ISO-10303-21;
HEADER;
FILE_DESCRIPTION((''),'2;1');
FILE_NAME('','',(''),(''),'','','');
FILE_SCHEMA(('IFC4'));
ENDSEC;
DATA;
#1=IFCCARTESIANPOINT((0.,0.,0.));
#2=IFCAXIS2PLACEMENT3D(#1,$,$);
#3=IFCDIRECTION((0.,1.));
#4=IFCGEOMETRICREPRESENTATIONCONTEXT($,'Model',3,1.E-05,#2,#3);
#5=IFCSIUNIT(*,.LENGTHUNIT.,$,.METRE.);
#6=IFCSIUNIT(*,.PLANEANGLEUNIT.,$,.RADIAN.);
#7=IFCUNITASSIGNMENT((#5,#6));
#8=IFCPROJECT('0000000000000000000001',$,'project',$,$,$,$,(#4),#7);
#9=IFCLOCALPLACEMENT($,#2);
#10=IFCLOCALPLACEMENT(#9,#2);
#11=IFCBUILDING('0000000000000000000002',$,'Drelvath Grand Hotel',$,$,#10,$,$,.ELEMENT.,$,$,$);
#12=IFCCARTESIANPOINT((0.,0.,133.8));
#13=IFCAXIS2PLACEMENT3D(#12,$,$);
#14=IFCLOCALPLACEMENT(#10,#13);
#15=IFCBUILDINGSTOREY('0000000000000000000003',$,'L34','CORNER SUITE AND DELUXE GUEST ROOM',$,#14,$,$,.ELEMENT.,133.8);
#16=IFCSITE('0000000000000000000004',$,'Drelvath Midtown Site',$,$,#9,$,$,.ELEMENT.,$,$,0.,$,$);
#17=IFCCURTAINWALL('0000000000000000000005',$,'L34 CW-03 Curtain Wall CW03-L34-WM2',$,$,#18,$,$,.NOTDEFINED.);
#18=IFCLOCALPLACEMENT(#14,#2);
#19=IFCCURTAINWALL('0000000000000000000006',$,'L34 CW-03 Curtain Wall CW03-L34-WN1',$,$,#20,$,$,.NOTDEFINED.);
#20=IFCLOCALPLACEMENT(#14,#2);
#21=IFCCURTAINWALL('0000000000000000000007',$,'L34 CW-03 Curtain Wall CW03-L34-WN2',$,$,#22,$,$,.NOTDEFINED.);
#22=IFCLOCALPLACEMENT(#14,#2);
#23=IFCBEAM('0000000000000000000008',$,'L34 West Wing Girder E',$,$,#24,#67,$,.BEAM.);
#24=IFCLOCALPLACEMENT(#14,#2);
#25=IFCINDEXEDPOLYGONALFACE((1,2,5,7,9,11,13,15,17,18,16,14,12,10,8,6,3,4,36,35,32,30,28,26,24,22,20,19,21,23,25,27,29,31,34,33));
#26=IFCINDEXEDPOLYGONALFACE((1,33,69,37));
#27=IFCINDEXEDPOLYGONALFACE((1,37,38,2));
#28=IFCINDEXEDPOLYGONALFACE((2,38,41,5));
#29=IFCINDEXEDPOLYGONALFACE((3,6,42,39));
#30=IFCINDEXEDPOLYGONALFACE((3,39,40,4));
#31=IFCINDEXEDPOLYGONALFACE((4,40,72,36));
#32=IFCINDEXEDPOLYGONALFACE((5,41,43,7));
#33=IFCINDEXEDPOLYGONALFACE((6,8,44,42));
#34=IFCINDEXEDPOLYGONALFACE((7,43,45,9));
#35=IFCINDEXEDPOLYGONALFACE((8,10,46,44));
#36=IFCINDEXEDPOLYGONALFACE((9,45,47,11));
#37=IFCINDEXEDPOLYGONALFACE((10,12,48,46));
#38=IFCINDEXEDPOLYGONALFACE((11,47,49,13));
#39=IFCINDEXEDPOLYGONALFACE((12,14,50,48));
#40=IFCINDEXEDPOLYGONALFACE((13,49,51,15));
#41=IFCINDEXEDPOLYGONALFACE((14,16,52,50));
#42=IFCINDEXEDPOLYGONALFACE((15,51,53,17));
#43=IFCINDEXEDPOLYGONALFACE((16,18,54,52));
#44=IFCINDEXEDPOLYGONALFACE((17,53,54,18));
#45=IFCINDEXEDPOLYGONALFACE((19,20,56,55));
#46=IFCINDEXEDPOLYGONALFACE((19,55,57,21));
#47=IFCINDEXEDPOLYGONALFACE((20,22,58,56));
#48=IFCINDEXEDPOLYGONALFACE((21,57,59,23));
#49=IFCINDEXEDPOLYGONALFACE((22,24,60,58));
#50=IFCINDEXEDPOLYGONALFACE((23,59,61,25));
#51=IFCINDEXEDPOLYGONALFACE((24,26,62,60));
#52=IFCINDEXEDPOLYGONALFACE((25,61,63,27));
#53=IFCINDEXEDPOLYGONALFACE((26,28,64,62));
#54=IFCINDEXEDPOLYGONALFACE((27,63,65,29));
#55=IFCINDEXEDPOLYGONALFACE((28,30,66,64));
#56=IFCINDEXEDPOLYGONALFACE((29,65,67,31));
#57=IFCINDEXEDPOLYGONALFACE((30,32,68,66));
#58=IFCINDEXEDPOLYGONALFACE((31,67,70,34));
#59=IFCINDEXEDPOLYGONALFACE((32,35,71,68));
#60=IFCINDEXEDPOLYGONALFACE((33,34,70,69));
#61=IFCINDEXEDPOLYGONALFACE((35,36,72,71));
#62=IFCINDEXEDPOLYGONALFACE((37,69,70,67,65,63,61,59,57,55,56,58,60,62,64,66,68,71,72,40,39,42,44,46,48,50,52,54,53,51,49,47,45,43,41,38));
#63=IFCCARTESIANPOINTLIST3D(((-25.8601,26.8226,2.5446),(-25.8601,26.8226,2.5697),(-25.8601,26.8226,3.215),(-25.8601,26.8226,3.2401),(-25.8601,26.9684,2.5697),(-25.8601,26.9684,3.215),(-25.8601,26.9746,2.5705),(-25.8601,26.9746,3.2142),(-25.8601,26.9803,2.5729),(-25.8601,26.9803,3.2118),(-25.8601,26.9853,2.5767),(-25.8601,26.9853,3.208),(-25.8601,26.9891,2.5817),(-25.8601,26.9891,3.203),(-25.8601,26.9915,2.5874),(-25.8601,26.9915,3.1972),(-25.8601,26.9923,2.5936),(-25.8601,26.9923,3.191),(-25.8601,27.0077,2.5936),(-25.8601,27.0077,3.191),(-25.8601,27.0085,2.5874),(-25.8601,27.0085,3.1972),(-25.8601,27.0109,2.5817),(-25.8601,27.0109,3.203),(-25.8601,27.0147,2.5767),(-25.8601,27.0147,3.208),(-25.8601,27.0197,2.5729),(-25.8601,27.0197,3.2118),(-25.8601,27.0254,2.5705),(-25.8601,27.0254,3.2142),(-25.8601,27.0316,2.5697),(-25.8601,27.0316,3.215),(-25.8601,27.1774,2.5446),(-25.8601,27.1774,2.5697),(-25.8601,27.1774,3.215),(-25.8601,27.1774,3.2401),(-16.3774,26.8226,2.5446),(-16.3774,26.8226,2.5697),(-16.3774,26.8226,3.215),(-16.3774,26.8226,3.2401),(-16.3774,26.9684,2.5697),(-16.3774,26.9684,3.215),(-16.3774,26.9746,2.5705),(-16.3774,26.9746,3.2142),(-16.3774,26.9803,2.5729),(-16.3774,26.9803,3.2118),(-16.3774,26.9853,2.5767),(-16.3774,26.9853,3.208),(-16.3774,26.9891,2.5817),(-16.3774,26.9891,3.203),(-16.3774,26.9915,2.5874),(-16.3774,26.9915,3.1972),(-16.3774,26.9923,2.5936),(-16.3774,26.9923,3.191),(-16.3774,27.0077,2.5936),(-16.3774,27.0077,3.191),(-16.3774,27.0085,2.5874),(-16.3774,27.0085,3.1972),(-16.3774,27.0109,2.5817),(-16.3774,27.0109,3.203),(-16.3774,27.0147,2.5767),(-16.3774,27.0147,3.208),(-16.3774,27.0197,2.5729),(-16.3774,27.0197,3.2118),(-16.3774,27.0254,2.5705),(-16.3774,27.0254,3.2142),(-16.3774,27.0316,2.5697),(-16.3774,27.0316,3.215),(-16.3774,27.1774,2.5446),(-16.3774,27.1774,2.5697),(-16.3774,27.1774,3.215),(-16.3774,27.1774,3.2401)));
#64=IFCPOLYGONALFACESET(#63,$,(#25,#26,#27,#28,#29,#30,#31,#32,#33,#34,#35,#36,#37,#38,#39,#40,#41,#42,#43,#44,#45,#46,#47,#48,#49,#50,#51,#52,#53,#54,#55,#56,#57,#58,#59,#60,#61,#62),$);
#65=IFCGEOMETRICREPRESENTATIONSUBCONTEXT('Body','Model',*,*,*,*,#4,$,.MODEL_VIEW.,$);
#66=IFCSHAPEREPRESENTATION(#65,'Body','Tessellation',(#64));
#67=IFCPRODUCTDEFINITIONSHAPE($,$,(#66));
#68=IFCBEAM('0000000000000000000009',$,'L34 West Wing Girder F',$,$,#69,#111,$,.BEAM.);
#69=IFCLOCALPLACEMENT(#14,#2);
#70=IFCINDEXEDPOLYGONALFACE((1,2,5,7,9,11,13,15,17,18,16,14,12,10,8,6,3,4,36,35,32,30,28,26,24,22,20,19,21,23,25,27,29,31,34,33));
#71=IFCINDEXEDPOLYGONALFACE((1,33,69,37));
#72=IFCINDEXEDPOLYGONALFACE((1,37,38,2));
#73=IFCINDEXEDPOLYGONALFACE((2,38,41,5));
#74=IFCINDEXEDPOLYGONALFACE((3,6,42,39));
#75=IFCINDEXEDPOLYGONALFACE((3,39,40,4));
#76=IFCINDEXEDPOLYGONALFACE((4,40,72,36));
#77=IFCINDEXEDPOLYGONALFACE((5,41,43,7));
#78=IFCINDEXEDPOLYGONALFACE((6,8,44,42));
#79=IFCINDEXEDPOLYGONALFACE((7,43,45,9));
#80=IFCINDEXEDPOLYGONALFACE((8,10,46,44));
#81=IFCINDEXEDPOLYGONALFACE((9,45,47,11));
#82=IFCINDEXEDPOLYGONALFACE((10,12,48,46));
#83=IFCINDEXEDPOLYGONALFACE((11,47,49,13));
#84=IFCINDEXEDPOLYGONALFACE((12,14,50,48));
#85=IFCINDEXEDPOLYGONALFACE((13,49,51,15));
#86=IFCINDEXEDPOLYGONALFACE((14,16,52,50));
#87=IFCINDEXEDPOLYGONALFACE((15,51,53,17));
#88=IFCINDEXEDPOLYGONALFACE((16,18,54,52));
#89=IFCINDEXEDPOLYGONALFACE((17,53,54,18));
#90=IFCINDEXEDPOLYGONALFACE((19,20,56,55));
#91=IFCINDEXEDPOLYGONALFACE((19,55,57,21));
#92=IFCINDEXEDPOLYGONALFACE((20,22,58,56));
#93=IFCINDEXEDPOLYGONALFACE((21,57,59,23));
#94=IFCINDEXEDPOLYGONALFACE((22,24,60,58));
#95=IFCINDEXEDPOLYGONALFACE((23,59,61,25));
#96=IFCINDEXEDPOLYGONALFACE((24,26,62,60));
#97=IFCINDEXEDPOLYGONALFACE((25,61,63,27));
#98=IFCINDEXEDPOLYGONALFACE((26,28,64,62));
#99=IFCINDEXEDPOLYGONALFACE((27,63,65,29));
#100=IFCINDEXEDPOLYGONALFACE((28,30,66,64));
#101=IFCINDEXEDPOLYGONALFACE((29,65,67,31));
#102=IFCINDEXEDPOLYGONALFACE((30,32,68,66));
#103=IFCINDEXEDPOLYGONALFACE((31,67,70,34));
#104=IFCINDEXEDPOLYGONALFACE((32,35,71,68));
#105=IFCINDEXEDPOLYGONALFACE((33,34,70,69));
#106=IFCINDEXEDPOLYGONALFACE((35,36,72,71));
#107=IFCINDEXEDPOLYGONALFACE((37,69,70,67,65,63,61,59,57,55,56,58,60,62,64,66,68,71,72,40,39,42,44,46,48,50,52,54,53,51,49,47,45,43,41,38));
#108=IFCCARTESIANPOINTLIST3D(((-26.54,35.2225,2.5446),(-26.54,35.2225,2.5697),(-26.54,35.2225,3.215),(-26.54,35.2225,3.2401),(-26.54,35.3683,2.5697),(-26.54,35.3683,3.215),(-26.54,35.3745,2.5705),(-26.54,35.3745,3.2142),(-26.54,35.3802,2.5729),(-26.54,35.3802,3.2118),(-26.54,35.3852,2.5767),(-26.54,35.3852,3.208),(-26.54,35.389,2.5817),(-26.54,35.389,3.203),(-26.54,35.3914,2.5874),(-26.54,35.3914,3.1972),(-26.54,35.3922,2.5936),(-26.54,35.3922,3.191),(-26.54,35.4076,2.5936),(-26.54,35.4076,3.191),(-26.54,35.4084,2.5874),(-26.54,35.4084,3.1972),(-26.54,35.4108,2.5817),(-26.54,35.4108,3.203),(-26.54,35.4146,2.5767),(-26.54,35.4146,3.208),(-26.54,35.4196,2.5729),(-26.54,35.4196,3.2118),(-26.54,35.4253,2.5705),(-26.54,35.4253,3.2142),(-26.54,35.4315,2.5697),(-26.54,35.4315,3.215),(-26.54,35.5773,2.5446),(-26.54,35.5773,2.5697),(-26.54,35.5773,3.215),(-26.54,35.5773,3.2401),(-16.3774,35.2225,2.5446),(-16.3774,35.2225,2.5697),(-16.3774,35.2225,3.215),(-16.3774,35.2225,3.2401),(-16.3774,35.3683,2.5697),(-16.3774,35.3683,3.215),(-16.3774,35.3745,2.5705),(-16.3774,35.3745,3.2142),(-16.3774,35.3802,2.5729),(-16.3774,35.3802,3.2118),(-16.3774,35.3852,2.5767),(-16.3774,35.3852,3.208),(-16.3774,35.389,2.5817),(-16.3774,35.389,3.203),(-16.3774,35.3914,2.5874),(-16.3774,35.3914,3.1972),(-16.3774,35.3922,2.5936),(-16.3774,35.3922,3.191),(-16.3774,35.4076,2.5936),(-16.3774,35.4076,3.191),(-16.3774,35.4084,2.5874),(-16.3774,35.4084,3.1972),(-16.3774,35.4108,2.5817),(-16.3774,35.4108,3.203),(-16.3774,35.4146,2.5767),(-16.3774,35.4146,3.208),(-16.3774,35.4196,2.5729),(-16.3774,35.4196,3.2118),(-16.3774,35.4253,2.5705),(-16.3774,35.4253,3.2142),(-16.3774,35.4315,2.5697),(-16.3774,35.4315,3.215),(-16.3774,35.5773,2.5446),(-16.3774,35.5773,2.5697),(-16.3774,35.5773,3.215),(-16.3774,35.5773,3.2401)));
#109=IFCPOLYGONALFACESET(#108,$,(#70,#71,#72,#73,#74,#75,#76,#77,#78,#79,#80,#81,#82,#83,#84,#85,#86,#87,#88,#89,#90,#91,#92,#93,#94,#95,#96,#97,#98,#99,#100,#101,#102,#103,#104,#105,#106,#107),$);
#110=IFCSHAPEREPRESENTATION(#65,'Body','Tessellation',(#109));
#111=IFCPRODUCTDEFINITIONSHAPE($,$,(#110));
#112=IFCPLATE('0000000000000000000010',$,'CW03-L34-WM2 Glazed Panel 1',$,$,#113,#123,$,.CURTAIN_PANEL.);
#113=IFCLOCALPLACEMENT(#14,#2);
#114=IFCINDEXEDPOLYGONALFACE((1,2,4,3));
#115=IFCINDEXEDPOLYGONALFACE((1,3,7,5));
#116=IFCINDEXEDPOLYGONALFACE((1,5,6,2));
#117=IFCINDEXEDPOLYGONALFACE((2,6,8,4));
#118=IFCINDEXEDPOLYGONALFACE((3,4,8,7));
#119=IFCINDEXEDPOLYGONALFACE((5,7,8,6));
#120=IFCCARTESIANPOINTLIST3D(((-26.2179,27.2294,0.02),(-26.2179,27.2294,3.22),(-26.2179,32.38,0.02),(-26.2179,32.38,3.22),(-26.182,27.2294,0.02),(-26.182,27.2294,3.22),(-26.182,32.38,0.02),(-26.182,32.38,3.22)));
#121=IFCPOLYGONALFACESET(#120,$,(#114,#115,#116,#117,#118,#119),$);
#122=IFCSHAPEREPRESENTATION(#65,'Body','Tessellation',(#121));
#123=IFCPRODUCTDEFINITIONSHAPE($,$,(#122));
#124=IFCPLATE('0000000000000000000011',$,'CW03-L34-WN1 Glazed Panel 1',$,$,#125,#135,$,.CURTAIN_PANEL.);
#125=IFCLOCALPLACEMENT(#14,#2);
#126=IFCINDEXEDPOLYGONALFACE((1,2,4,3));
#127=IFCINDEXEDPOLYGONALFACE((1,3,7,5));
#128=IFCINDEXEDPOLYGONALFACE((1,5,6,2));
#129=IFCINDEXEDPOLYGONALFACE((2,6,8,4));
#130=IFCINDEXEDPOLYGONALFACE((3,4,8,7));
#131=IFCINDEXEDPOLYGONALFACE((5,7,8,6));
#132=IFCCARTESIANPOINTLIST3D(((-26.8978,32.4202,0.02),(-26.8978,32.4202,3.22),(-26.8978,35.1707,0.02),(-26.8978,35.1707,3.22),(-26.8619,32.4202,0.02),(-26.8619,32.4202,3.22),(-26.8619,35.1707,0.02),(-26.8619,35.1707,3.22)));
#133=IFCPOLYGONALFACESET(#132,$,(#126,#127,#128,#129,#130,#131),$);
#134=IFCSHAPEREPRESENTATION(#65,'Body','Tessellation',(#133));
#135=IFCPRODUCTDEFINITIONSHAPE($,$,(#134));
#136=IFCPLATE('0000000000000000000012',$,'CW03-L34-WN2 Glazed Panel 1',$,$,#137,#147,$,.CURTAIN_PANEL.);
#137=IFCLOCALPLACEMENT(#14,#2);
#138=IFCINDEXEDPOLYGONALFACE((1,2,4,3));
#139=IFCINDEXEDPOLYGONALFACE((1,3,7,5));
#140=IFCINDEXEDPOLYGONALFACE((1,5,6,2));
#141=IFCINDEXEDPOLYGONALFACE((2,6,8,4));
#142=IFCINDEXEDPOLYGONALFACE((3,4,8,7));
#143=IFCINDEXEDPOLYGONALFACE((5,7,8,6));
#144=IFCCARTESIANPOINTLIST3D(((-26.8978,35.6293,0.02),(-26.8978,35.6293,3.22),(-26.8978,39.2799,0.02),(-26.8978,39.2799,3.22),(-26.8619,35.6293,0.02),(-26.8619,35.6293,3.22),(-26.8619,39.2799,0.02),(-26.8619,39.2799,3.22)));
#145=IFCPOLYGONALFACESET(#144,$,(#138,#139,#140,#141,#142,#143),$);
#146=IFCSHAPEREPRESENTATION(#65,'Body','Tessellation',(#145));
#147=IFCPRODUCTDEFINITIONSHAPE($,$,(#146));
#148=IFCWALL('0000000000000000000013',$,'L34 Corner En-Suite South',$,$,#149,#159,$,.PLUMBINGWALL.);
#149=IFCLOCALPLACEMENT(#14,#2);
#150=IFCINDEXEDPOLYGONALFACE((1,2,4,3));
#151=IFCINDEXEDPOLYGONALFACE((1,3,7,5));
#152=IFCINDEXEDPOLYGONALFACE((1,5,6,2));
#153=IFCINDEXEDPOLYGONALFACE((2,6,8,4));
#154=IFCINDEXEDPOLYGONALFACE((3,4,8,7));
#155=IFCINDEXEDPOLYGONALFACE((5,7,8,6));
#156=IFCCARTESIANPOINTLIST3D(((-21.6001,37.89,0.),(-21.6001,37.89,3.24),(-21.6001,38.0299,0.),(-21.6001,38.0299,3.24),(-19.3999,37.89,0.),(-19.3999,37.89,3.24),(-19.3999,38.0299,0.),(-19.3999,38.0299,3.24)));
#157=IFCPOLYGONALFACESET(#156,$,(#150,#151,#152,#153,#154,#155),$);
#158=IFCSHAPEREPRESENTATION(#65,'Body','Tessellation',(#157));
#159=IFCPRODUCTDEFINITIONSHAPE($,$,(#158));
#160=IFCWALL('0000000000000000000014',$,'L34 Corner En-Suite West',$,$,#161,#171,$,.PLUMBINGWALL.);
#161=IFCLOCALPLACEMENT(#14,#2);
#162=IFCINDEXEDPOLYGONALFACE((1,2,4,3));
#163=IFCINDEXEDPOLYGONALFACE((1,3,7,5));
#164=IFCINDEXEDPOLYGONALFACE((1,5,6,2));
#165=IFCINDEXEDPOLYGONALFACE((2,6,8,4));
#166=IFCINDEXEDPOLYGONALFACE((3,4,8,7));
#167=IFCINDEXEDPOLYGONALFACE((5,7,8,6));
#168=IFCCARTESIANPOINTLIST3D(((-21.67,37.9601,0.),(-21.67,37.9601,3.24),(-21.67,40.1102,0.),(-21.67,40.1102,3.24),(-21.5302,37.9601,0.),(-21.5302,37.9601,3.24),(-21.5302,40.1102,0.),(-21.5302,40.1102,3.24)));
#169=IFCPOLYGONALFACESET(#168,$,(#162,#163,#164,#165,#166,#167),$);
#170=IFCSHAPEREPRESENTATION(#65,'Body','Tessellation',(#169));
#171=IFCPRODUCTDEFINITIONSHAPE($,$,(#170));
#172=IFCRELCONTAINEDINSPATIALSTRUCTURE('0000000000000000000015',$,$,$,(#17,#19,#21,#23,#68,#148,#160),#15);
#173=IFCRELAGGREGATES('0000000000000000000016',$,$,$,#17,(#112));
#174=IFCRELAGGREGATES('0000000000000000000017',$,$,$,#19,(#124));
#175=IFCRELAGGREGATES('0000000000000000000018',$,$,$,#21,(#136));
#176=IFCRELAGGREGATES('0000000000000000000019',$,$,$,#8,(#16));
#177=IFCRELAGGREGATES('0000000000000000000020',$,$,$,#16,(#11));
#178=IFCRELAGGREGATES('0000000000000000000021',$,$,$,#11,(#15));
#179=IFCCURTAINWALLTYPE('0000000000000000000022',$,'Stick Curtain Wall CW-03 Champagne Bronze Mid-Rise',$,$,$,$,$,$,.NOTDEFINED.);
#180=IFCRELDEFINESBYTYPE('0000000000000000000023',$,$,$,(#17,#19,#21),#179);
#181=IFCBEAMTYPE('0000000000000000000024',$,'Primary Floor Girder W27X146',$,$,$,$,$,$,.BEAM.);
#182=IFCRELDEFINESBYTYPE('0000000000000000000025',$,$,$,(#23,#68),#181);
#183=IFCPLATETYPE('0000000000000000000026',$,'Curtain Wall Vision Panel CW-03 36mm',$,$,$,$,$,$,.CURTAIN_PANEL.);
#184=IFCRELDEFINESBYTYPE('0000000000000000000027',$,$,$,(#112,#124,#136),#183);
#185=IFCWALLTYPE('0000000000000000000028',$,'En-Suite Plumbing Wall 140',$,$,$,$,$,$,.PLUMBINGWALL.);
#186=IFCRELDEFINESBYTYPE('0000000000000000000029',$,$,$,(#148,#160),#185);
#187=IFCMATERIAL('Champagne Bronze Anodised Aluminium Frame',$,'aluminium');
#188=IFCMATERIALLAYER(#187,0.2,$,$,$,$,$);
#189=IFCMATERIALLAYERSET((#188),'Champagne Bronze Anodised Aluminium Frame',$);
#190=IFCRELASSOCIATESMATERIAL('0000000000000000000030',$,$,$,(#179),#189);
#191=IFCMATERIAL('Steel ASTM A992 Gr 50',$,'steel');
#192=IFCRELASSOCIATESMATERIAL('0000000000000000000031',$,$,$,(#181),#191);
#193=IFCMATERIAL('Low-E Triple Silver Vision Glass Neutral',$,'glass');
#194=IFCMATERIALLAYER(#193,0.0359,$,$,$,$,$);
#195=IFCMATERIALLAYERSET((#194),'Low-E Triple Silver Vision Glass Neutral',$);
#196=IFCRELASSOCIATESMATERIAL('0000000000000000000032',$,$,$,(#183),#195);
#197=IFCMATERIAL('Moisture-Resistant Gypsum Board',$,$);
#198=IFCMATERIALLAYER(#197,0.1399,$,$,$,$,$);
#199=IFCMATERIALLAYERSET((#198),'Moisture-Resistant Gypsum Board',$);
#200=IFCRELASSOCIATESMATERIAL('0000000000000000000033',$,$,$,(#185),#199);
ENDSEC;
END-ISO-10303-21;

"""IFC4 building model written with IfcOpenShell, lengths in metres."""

from ifc_helpers import new_model, si_unit, direction, frame, frame_2d, origin, origin_2d, place, context, subcontext, project, spatial, rectangle, i_section, extrude, material, layer, layer_set, material_profile, profile_set, type_object, element, aggregate, save


model = new_model("IFC4")

# Units and contexts
model_context = context("Model", 3, precision=1e-05, world=origin(), true_north=direction((0.0, 1.0)))
body_context = subcontext(model_context, "Body", "Model", "MODEL_VIEW")
ifc_project = project(units=[si_unit("LENGTHUNIT", "METRE"), si_unit("PLANEANGLEUNIT", "RADIAN")], contexts=[model_context])

# Site, building, storey
site_placement = place(None, origin())
site = spatial("IfcSite", under=ifc_project, at=site_placement, Name="Drelvath Midtown Site", CompositionType="ELEMENT", RefElevation=0.0)
building_placement = place(site_placement, origin())
building = spatial("IfcBuilding", under=site, at=building_placement, Name="Drelvath Grand Hotel", CompositionType="ELEMENT")
storey_placement = place(building_placement, frame((0.0, 0.0, 133.8)))
storey = spatial("IfcBuildingStorey", under=building, at=storey_placement, Name="L34", Description="CORNER SUITE AND DELUXE GUEST ROOM", CompositionType="ELEMENT", Elevation=133.8)

# Curtain walls
ifc_material_1 = material(Name="Champagne Bronze Anodised Aluminium Frame", Category="aluminium")
ifc_layer_1 = layer(ifc_material_1, 0.2)
ifc_layer_set_1 = layer_set([ifc_layer_1], Name="Champagne Bronze Anodised Aluminium Frame")
curtain_wall_type = type_object("IfcCurtainWallType", Name="Stick Curtain Wall CW-03 Champagne Bronze Mid-Rise", PredefinedType="NOTDEFINED", material=ifc_layer_set_1)
curtain_wall_1_placement = place(storey_placement, origin())
curtain_wall_1 = element("IfcCurtainWall", 1, at=curtain_wall_1_placement, inside=storey, type_object=curtain_wall_type, Name="L34 CW-03 Curtain Wall CW03-L34-WM2", PredefinedType="NOTDEFINED")
curtain_wall_2_placement = place(storey_placement, origin())
curtain_wall_2 = element("IfcCurtainWall", 2, at=curtain_wall_2_placement, inside=storey, type_object=curtain_wall_type, Name="L34 CW-03 Curtain Wall CW03-L34-WN1", PredefinedType="NOTDEFINED")
curtain_wall_3_placement = place(storey_placement, origin())
curtain_wall_3 = element("IfcCurtainWall", 3, at=curtain_wall_3_placement, inside=storey, type_object=curtain_wall_type, Name="L34 CW-03 Curtain Wall CW03-L34-WN2", PredefinedType="NOTDEFINED")

# Beams
ifc_material_2 = material(Name="Steel ASTM A992 Gr 50", Category="steel")
ifc_material_profile_1 = material_profile(ifc_material_2, i_section(OverallWidth=0.3547, OverallDepth=0.6956, WebThickness=0.0154, FlangeThickness=0.0251, FilletRadius=0.0239, at=origin_2d()), Name="W27X146")
ifc_profile_set_1 = profile_set([ifc_material_profile_1], Name="Steel ASTM A992 Gr 50")
beam_type_1 = type_object("IfcBeamType", Name="Primary Floor Girder W27X146", PredefinedType="BEAM", material=ifc_profile_set_1)
beam_1_placement = place(storey_placement, frame((-25.8601, 27.0, 2.8923), z_axis=(1.0, 0.0, 0.0), x_axis=(0.0, 1.0, 0.0)))
element("IfcBeam", 4, at=beam_1_placement, inside=storey, type_object=beam_type_1, Name="L34 West Wing Girder E", PredefinedType="BEAM", context=body_context, shape_type="SweptSolid", body=[
    extrude(i_section(OverallWidth=0.3547, OverallDepth=0.6956, WebThickness=0.0154, FlangeThickness=0.0251, FilletRadius=0.0239, at=origin_2d()), origin(), (0.0, 0.0, 1.0), 9.4827),
])
beam_2_placement = place(storey_placement, frame((-26.54, 35.3999, 2.8923), z_axis=(1.0, 0.0, 0.0), x_axis=(0.0, 1.0, 0.0)))
element("IfcBeam", 5, at=beam_2_placement, inside=storey, type_object=beam_type_1, Name="L34 West Wing Girder F", PredefinedType="BEAM", context=body_context, shape_type="SweptSolid", body=[
    extrude(i_section(OverallWidth=0.3547, OverallDepth=0.6956, WebThickness=0.0154, FlangeThickness=0.0251, FilletRadius=0.0239, at=origin_2d()), origin(), (0.0, 0.0, 1.0), 10.1626),
])

# Plates
ifc_material_3 = material(Name="Low-E Triple Silver Vision Glass Neutral", Category="glass")
ifc_layer_2 = layer(ifc_material_3, 0.0359)
ifc_layer_set_2 = layer_set([ifc_layer_2], Name="Low-E Triple Silver Vision Glass Neutral")
plate_type = type_object("IfcPlateType", Name="Curtain Wall Vision Panel CW-03 36mm", PredefinedType="CURTAIN_PANEL", material=ifc_layer_set_2)
plate_1_placement = place(storey_placement, frame((-26.2, 29.8047, 0.02), z_axis=(0.0, 0.0, 1.0), x_axis=(0.0, 1.0, 0.0)))
plate_1 = element("IfcPlate", 6, at=plate_1_placement, type_object=plate_type, Name="CW03-L34-WM2 Glazed Panel 1", PredefinedType="CURTAIN_PANEL", context=body_context, shape_type="SweptSolid", body=[
    extrude(rectangle(XDim=5.1506, YDim=0.0359, at=origin_2d()), origin(), (0.0, 0.0, 1.0), 3.2),
])
aggregate(curtain_wall_1, [plate_1])
plate_2_placement = place(storey_placement, frame((-26.8799, 33.7954, 0.02), z_axis=(0.0, 0.0, 1.0), x_axis=(0.0, 1.0, 0.0)))
plate_2 = element("IfcPlate", 7, at=plate_2_placement, type_object=plate_type, Name="CW03-L34-WN1 Glazed Panel 1", PredefinedType="CURTAIN_PANEL", context=body_context, shape_type="SweptSolid", body=[
    extrude(rectangle(XDim=2.7505, YDim=0.0359, at=origin_2d()), origin(), (0.0, 0.0, 1.0), 3.2),
])
aggregate(curtain_wall_2, [plate_2])
plate_3_placement = place(storey_placement, frame((-26.8799, 37.4546, 0.02), z_axis=(0.0, 0.0, 1.0), x_axis=(0.0, 1.0, 0.0)))
plate_3 = element("IfcPlate", 8, at=plate_3_placement, type_object=plate_type, Name="CW03-L34-WN2 Glazed Panel 1", PredefinedType="CURTAIN_PANEL", context=body_context, shape_type="SweptSolid", body=[
    extrude(rectangle(XDim=3.6506, YDim=0.0359, at=origin_2d()), origin(), (0.0, 0.0, 1.0), 3.2),
])
aggregate(curtain_wall_3, [plate_3])

# Walls
ifc_material_4 = material(Name="Moisture-Resistant Gypsum Board")
ifc_layer_3 = layer(ifc_material_4, 0.1399)
ifc_layer_set_3 = layer_set([ifc_layer_3], Name="Moisture-Resistant Gypsum Board")
wall_type_1 = type_object("IfcWallType", Name="En-Suite Plumbing Wall 140", PredefinedType="PLUMBINGWALL", material=ifc_layer_set_3)
wall_1_placement = place(storey_placement, frame((-21.6001, 37.96, 0.0), z_axis=(0.0, 0.0, 1.0), x_axis=(1.0, 0.0, 0.0)))
element("IfcWall", 9, at=wall_1_placement, inside=storey, type_object=wall_type_1, Name="L34 Corner En-Suite South", PredefinedType="PLUMBINGWALL", context=body_context, shape_type="SweptSolid", body=[
    extrude(rectangle(XDim=2.2002, YDim=0.1399, at=frame_2d((1.1001, 0.0))), origin(), (0.0, 0.0, 1.0), 3.24),
])
wall_2_placement = place(storey_placement, frame((-21.6001, 37.96, 0.0), z_axis=(0.0, 0.0, 1.0), x_axis=(0.0, 1.0, 0.0)))
element("IfcWall", 10, at=wall_2_placement, inside=storey, type_object=wall_type_1, Name="L34 Corner En-Suite West", PredefinedType="PLUMBINGWALL", context=body_context, shape_type="SweptSolid", body=[
    extrude(rectangle(XDim=2.1501, YDim=0.1399, at=frame_2d((1.0752, 0.0))), origin(), (0.0, 0.0, 1.0), 3.24),
])

save(model, "model.ifc")
